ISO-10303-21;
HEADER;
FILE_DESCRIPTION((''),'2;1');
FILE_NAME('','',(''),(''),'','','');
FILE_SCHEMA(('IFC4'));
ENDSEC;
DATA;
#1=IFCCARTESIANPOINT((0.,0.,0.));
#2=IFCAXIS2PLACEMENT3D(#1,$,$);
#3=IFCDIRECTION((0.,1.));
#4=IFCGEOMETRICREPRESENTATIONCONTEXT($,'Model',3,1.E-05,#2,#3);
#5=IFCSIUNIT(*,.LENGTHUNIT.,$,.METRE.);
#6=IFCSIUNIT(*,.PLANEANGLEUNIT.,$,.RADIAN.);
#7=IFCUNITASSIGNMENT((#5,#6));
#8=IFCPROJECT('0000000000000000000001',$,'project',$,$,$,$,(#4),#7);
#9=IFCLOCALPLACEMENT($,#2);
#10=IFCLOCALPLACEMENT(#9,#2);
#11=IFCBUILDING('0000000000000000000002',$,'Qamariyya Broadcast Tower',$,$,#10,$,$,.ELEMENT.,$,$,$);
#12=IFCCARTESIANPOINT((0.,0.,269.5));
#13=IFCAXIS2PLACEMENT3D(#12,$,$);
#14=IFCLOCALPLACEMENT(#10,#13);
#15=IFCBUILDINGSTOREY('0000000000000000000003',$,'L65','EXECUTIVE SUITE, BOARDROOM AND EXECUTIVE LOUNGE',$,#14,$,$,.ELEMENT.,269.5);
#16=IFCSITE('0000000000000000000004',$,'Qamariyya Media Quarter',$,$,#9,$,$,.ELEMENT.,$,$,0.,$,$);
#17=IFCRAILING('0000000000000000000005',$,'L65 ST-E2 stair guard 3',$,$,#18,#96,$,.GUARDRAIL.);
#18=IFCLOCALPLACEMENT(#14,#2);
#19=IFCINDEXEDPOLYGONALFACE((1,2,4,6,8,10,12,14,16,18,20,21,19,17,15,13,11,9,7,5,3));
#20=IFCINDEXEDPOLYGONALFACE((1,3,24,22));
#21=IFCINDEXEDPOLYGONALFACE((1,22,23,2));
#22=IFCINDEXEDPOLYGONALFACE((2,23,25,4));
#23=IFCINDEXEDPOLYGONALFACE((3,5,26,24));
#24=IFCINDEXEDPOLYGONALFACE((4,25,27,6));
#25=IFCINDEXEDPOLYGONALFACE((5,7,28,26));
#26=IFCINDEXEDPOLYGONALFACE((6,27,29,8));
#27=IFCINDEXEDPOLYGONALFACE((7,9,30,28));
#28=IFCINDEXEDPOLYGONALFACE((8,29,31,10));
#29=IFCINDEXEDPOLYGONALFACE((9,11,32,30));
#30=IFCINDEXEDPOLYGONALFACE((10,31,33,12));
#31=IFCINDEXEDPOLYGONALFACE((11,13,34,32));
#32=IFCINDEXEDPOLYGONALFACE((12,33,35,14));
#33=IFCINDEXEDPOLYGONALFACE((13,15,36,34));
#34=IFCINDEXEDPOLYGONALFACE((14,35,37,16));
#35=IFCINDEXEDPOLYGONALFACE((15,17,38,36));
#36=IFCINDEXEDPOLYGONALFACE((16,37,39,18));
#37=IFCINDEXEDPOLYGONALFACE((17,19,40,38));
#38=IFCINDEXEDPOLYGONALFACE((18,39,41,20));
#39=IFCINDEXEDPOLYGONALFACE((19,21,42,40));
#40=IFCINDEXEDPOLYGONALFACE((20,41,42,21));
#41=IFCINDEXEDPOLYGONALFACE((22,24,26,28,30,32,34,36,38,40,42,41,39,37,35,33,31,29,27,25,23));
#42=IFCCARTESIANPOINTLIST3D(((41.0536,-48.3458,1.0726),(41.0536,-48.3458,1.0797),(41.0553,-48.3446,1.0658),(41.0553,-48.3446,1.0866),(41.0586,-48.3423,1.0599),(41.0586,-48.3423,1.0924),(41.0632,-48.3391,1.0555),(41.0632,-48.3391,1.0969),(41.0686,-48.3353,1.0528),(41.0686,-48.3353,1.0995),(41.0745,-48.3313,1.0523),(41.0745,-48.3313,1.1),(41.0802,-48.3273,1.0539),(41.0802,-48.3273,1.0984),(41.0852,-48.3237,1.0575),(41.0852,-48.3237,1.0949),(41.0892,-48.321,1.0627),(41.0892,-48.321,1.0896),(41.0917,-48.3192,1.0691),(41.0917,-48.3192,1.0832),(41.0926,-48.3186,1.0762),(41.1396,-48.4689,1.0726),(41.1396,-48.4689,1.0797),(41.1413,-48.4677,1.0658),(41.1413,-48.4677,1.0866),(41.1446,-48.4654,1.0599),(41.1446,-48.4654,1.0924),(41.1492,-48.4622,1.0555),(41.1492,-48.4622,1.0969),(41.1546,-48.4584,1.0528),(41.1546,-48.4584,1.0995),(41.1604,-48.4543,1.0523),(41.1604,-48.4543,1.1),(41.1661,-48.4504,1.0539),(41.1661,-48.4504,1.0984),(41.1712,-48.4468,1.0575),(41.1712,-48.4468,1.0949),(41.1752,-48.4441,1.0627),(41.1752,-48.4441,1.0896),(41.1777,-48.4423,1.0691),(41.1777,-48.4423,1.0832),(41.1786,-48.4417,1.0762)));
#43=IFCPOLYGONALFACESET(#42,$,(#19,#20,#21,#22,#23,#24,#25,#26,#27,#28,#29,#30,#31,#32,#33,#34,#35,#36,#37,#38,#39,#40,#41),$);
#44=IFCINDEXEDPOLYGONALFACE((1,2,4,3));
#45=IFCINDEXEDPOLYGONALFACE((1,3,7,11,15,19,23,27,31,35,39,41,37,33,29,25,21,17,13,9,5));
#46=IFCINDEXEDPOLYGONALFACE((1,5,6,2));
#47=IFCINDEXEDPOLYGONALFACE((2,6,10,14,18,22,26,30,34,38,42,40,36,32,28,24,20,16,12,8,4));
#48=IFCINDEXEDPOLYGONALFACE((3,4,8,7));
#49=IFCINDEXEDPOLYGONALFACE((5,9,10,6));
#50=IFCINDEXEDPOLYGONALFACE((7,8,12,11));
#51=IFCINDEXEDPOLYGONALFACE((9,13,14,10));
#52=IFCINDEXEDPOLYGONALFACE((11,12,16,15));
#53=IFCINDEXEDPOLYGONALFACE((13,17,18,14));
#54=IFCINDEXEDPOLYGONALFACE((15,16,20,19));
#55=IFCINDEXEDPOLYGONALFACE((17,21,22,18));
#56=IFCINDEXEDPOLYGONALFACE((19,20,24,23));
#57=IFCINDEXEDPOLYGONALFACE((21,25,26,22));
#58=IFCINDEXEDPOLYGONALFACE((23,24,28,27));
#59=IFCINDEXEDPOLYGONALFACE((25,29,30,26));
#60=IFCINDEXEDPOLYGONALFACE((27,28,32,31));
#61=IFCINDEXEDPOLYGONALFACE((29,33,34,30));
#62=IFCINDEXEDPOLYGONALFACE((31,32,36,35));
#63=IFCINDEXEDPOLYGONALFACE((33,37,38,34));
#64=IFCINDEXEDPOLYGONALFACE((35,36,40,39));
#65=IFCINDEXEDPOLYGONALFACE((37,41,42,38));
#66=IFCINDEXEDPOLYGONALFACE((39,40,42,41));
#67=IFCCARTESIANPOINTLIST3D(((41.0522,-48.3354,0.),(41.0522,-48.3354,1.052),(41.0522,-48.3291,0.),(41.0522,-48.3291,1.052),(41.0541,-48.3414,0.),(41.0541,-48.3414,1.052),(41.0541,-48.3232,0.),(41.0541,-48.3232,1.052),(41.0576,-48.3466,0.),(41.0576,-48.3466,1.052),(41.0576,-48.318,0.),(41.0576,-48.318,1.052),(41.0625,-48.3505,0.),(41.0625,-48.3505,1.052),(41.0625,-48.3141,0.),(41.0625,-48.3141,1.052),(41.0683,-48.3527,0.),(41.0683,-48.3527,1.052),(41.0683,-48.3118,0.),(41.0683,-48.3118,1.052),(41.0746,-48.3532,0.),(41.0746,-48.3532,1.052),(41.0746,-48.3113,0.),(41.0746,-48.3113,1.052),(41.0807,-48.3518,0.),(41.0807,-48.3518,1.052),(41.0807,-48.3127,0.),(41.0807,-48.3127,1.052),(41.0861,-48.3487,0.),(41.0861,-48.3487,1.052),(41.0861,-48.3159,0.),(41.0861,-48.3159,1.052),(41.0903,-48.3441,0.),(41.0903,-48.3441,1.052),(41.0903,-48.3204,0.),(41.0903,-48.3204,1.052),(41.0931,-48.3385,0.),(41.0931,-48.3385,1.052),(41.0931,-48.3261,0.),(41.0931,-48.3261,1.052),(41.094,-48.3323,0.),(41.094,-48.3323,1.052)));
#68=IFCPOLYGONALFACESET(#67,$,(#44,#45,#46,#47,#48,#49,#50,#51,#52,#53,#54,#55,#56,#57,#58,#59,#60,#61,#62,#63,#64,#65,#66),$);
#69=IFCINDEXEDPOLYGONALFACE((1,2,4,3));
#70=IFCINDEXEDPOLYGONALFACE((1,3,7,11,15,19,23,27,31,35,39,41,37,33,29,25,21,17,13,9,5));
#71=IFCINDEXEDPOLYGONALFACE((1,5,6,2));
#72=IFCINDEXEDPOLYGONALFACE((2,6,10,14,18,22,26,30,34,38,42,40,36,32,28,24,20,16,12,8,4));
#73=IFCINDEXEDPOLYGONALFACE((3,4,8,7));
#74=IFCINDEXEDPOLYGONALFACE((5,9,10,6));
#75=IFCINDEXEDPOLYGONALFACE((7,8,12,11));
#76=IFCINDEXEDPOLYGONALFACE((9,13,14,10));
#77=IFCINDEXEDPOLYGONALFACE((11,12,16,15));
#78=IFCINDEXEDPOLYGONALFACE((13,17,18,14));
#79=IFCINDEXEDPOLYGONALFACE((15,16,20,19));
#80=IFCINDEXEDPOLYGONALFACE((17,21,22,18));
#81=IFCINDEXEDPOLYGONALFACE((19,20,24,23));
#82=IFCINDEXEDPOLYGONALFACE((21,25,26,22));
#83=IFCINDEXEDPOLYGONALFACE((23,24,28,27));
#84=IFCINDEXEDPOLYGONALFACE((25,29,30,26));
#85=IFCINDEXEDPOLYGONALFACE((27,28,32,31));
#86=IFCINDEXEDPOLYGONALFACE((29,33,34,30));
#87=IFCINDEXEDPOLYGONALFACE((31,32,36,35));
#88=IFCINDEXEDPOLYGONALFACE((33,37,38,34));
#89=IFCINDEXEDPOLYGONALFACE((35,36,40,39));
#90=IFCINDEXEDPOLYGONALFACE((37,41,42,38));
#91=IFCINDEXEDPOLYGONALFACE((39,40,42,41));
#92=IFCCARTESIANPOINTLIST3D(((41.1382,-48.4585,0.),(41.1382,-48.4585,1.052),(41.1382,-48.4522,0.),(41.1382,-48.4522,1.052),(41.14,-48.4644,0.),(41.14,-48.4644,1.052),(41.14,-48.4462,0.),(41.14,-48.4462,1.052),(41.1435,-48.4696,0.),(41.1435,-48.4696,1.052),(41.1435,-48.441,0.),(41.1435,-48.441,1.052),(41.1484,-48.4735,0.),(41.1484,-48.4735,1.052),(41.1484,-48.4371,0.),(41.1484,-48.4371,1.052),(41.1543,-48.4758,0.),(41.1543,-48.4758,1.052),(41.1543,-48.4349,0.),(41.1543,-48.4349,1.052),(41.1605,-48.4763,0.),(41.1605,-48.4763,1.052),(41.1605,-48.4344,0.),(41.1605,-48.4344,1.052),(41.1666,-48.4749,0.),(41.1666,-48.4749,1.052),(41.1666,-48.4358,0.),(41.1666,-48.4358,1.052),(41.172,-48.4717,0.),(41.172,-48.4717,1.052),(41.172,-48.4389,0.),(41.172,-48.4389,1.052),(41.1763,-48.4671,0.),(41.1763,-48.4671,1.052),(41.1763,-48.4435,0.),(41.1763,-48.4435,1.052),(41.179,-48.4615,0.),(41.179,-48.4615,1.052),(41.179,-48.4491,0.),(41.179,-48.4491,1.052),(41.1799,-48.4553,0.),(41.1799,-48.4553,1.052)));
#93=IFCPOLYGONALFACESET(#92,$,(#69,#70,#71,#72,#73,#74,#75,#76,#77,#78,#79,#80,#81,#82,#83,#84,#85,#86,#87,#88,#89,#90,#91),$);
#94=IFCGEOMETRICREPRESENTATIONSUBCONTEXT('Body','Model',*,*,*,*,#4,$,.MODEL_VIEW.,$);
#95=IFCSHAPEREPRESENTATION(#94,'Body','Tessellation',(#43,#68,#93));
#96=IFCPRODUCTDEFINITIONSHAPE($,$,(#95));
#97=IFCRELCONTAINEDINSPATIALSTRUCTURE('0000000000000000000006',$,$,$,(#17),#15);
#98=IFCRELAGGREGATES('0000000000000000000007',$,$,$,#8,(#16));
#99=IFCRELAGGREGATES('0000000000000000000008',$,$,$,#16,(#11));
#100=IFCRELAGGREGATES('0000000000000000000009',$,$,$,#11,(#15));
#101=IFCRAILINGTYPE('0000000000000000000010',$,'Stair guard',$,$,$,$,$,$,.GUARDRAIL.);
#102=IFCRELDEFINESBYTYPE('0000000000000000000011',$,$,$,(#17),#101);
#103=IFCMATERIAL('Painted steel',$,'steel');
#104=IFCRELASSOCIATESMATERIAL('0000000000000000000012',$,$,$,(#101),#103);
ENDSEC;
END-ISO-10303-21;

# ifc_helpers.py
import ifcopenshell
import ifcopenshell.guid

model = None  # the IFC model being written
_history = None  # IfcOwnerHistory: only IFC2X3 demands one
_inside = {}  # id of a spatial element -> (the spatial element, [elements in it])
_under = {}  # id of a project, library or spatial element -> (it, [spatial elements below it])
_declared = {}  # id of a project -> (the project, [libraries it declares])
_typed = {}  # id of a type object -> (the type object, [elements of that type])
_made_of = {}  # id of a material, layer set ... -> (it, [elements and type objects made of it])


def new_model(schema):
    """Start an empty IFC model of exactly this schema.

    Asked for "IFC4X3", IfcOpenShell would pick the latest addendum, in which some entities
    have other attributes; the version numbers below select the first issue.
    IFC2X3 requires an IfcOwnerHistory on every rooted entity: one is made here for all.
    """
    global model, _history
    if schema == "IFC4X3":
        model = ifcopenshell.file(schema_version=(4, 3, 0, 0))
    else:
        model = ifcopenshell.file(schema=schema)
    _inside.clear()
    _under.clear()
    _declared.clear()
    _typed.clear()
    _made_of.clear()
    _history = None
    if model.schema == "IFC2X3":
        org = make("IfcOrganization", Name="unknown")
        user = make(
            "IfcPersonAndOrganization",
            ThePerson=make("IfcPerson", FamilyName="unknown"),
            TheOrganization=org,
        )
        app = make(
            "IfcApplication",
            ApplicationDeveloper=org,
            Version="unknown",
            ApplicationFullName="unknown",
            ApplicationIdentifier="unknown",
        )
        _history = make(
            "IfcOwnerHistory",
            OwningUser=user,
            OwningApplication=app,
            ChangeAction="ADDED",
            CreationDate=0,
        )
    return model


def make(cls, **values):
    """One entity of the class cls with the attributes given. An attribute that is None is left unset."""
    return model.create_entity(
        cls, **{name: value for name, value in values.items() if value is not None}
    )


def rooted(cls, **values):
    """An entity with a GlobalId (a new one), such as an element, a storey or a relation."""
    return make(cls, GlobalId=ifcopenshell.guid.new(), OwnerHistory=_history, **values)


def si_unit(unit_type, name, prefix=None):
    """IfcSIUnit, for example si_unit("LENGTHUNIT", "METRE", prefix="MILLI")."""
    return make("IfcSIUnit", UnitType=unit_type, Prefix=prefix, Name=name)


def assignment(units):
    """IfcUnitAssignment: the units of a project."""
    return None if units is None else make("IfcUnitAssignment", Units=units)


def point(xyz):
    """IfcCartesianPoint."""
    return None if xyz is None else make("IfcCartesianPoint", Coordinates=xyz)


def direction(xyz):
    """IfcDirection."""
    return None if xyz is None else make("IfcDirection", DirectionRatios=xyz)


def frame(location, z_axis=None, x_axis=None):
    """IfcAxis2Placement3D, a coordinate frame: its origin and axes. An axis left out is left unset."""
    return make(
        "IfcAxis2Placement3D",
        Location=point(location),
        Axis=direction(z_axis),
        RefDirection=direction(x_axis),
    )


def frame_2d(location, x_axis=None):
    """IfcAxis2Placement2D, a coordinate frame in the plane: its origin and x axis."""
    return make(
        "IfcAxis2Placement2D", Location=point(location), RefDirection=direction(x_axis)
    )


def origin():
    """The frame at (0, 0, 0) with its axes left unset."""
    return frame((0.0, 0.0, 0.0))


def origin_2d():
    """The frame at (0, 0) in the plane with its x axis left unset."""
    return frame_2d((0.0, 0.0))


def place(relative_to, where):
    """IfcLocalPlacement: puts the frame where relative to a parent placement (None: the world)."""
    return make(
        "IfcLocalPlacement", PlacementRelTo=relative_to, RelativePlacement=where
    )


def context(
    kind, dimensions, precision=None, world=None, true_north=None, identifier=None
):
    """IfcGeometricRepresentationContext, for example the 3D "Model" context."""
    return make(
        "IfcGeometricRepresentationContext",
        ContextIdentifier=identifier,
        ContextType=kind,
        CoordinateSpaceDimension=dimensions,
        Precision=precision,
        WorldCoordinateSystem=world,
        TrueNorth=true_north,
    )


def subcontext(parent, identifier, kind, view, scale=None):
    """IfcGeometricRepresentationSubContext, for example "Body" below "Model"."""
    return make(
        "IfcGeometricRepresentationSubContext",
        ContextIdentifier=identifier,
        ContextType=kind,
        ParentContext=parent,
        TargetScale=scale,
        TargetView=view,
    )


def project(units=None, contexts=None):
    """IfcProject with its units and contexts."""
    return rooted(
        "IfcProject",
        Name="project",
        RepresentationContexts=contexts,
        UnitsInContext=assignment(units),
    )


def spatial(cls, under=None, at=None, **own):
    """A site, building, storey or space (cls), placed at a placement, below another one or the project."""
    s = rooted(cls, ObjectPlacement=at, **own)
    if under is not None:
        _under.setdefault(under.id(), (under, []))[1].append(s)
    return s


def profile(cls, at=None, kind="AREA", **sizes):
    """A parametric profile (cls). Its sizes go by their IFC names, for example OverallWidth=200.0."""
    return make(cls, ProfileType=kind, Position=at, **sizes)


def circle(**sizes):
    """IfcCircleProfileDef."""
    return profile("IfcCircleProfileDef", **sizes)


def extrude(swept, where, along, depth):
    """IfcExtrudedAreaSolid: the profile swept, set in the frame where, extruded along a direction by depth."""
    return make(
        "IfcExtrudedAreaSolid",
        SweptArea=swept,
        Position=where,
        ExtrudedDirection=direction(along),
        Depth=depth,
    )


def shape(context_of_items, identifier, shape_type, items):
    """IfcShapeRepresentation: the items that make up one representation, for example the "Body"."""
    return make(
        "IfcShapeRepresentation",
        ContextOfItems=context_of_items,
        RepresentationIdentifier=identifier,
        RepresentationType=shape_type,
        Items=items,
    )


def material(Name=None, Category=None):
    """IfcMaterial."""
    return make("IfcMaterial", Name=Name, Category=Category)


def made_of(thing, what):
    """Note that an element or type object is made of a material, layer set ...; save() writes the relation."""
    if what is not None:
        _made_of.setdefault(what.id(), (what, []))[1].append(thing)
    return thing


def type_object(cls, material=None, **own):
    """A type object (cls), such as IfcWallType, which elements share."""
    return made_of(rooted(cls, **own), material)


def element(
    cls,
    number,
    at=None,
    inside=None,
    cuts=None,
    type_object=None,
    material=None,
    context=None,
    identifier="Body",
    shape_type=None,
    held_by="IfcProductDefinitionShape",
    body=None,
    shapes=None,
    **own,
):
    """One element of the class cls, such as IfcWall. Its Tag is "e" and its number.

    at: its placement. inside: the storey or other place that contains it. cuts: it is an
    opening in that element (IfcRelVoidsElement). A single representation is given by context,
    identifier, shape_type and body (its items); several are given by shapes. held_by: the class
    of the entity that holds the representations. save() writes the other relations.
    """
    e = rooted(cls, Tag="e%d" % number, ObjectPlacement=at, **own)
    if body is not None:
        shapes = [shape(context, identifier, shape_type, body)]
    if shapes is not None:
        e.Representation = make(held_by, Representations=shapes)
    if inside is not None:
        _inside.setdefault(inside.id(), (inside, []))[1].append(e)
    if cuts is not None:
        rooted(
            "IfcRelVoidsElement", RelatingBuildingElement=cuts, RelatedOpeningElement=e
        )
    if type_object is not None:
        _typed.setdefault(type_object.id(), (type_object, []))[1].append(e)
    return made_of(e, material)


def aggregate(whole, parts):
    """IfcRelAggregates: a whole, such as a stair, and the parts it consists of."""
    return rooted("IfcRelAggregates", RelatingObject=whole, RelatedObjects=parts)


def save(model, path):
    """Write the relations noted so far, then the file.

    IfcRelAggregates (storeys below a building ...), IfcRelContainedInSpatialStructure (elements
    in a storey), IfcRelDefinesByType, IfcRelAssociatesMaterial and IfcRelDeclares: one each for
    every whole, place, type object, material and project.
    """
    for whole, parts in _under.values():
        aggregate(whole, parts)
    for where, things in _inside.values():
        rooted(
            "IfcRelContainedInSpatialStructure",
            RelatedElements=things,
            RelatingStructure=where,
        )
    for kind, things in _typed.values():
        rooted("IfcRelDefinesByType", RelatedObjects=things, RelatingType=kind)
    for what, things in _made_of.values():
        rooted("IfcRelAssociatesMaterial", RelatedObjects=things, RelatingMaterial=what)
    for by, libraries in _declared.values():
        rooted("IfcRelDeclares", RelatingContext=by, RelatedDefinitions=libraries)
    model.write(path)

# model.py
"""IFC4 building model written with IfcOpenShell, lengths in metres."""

from ifc_helpers import new_model, si_unit, direction, frame, origin, origin_2d, place, context, subcontext, project, spatial, circle, extrude, material, type_object, element, save


model = new_model("IFC4")

# Units and contexts
model_context = context("Model", 3, precision=1e-05, world=origin(), true_north=direction((0.0, 1.0)))
body_context = subcontext(model_context, "Body", "Model", "MODEL_VIEW")
ifc_project = project(units=[si_unit("LENGTHUNIT", "METRE"), si_unit("PLANEANGLEUNIT", "RADIAN")], contexts=[model_context])

# Site, building, storey
site_placement = place(None, origin())
site = spatial("IfcSite", under=ifc_project, at=site_placement, Name="Qamariyya Media Quarter", CompositionType="ELEMENT", RefElevation=0.0)
building_placement = place(site_placement, origin())
building = spatial("IfcBuilding", under=site, at=building_placement, Name="Qamariyya Broadcast Tower", CompositionType="ELEMENT")
storey_placement = place(building_placement, frame((0.0, 0.0, 269.5)))
storey = spatial("IfcBuildingStorey", under=building, at=storey_placement, Name="L65", Description="EXECUTIVE SUITE, BOARDROOM AND EXECUTIVE LOUNGE", CompositionType="ELEMENT", Elevation=269.5)

# Railing
ifc_material_1 = material(Name="Painted steel", Category="steel")
railing_type_1 = type_object("IfcRailingType", Name="Stair guard", PredefinedType="GUARDRAIL", material=ifc_material_1)
railing_1_placement = place(storey_placement, frame((41.073, -48.3323, 0.0)))
element("IfcRailing", 1, at=railing_1_placement, inside=storey, type_object=railing_type_1, Name="L65 ST-E2 stair guard 3", PredefinedType="GUARDRAIL", context=body_context, shape_type="SweptSolid", body=[
    extrude(circle(Radius=0.0239, at=origin_2d()), frame((0.0, 0.0, 1.0762), z_axis=(0.572589, -0.819843, 0.0), x_axis=(0.819843, 0.572589, 0.0)), (0.0, 0.0, 1.0), 0.1501),
    extrude(circle(Radius=0.021, at=origin_2d()), origin(), (0.0, 0.0, 1.0), 1.052),
    extrude(circle(Radius=0.021, at=origin_2d()), frame((0.0859, -0.123, 0.0)), (0.0, 0.0, 1.0), 1.052),
])

save(model, "model.ifc")
